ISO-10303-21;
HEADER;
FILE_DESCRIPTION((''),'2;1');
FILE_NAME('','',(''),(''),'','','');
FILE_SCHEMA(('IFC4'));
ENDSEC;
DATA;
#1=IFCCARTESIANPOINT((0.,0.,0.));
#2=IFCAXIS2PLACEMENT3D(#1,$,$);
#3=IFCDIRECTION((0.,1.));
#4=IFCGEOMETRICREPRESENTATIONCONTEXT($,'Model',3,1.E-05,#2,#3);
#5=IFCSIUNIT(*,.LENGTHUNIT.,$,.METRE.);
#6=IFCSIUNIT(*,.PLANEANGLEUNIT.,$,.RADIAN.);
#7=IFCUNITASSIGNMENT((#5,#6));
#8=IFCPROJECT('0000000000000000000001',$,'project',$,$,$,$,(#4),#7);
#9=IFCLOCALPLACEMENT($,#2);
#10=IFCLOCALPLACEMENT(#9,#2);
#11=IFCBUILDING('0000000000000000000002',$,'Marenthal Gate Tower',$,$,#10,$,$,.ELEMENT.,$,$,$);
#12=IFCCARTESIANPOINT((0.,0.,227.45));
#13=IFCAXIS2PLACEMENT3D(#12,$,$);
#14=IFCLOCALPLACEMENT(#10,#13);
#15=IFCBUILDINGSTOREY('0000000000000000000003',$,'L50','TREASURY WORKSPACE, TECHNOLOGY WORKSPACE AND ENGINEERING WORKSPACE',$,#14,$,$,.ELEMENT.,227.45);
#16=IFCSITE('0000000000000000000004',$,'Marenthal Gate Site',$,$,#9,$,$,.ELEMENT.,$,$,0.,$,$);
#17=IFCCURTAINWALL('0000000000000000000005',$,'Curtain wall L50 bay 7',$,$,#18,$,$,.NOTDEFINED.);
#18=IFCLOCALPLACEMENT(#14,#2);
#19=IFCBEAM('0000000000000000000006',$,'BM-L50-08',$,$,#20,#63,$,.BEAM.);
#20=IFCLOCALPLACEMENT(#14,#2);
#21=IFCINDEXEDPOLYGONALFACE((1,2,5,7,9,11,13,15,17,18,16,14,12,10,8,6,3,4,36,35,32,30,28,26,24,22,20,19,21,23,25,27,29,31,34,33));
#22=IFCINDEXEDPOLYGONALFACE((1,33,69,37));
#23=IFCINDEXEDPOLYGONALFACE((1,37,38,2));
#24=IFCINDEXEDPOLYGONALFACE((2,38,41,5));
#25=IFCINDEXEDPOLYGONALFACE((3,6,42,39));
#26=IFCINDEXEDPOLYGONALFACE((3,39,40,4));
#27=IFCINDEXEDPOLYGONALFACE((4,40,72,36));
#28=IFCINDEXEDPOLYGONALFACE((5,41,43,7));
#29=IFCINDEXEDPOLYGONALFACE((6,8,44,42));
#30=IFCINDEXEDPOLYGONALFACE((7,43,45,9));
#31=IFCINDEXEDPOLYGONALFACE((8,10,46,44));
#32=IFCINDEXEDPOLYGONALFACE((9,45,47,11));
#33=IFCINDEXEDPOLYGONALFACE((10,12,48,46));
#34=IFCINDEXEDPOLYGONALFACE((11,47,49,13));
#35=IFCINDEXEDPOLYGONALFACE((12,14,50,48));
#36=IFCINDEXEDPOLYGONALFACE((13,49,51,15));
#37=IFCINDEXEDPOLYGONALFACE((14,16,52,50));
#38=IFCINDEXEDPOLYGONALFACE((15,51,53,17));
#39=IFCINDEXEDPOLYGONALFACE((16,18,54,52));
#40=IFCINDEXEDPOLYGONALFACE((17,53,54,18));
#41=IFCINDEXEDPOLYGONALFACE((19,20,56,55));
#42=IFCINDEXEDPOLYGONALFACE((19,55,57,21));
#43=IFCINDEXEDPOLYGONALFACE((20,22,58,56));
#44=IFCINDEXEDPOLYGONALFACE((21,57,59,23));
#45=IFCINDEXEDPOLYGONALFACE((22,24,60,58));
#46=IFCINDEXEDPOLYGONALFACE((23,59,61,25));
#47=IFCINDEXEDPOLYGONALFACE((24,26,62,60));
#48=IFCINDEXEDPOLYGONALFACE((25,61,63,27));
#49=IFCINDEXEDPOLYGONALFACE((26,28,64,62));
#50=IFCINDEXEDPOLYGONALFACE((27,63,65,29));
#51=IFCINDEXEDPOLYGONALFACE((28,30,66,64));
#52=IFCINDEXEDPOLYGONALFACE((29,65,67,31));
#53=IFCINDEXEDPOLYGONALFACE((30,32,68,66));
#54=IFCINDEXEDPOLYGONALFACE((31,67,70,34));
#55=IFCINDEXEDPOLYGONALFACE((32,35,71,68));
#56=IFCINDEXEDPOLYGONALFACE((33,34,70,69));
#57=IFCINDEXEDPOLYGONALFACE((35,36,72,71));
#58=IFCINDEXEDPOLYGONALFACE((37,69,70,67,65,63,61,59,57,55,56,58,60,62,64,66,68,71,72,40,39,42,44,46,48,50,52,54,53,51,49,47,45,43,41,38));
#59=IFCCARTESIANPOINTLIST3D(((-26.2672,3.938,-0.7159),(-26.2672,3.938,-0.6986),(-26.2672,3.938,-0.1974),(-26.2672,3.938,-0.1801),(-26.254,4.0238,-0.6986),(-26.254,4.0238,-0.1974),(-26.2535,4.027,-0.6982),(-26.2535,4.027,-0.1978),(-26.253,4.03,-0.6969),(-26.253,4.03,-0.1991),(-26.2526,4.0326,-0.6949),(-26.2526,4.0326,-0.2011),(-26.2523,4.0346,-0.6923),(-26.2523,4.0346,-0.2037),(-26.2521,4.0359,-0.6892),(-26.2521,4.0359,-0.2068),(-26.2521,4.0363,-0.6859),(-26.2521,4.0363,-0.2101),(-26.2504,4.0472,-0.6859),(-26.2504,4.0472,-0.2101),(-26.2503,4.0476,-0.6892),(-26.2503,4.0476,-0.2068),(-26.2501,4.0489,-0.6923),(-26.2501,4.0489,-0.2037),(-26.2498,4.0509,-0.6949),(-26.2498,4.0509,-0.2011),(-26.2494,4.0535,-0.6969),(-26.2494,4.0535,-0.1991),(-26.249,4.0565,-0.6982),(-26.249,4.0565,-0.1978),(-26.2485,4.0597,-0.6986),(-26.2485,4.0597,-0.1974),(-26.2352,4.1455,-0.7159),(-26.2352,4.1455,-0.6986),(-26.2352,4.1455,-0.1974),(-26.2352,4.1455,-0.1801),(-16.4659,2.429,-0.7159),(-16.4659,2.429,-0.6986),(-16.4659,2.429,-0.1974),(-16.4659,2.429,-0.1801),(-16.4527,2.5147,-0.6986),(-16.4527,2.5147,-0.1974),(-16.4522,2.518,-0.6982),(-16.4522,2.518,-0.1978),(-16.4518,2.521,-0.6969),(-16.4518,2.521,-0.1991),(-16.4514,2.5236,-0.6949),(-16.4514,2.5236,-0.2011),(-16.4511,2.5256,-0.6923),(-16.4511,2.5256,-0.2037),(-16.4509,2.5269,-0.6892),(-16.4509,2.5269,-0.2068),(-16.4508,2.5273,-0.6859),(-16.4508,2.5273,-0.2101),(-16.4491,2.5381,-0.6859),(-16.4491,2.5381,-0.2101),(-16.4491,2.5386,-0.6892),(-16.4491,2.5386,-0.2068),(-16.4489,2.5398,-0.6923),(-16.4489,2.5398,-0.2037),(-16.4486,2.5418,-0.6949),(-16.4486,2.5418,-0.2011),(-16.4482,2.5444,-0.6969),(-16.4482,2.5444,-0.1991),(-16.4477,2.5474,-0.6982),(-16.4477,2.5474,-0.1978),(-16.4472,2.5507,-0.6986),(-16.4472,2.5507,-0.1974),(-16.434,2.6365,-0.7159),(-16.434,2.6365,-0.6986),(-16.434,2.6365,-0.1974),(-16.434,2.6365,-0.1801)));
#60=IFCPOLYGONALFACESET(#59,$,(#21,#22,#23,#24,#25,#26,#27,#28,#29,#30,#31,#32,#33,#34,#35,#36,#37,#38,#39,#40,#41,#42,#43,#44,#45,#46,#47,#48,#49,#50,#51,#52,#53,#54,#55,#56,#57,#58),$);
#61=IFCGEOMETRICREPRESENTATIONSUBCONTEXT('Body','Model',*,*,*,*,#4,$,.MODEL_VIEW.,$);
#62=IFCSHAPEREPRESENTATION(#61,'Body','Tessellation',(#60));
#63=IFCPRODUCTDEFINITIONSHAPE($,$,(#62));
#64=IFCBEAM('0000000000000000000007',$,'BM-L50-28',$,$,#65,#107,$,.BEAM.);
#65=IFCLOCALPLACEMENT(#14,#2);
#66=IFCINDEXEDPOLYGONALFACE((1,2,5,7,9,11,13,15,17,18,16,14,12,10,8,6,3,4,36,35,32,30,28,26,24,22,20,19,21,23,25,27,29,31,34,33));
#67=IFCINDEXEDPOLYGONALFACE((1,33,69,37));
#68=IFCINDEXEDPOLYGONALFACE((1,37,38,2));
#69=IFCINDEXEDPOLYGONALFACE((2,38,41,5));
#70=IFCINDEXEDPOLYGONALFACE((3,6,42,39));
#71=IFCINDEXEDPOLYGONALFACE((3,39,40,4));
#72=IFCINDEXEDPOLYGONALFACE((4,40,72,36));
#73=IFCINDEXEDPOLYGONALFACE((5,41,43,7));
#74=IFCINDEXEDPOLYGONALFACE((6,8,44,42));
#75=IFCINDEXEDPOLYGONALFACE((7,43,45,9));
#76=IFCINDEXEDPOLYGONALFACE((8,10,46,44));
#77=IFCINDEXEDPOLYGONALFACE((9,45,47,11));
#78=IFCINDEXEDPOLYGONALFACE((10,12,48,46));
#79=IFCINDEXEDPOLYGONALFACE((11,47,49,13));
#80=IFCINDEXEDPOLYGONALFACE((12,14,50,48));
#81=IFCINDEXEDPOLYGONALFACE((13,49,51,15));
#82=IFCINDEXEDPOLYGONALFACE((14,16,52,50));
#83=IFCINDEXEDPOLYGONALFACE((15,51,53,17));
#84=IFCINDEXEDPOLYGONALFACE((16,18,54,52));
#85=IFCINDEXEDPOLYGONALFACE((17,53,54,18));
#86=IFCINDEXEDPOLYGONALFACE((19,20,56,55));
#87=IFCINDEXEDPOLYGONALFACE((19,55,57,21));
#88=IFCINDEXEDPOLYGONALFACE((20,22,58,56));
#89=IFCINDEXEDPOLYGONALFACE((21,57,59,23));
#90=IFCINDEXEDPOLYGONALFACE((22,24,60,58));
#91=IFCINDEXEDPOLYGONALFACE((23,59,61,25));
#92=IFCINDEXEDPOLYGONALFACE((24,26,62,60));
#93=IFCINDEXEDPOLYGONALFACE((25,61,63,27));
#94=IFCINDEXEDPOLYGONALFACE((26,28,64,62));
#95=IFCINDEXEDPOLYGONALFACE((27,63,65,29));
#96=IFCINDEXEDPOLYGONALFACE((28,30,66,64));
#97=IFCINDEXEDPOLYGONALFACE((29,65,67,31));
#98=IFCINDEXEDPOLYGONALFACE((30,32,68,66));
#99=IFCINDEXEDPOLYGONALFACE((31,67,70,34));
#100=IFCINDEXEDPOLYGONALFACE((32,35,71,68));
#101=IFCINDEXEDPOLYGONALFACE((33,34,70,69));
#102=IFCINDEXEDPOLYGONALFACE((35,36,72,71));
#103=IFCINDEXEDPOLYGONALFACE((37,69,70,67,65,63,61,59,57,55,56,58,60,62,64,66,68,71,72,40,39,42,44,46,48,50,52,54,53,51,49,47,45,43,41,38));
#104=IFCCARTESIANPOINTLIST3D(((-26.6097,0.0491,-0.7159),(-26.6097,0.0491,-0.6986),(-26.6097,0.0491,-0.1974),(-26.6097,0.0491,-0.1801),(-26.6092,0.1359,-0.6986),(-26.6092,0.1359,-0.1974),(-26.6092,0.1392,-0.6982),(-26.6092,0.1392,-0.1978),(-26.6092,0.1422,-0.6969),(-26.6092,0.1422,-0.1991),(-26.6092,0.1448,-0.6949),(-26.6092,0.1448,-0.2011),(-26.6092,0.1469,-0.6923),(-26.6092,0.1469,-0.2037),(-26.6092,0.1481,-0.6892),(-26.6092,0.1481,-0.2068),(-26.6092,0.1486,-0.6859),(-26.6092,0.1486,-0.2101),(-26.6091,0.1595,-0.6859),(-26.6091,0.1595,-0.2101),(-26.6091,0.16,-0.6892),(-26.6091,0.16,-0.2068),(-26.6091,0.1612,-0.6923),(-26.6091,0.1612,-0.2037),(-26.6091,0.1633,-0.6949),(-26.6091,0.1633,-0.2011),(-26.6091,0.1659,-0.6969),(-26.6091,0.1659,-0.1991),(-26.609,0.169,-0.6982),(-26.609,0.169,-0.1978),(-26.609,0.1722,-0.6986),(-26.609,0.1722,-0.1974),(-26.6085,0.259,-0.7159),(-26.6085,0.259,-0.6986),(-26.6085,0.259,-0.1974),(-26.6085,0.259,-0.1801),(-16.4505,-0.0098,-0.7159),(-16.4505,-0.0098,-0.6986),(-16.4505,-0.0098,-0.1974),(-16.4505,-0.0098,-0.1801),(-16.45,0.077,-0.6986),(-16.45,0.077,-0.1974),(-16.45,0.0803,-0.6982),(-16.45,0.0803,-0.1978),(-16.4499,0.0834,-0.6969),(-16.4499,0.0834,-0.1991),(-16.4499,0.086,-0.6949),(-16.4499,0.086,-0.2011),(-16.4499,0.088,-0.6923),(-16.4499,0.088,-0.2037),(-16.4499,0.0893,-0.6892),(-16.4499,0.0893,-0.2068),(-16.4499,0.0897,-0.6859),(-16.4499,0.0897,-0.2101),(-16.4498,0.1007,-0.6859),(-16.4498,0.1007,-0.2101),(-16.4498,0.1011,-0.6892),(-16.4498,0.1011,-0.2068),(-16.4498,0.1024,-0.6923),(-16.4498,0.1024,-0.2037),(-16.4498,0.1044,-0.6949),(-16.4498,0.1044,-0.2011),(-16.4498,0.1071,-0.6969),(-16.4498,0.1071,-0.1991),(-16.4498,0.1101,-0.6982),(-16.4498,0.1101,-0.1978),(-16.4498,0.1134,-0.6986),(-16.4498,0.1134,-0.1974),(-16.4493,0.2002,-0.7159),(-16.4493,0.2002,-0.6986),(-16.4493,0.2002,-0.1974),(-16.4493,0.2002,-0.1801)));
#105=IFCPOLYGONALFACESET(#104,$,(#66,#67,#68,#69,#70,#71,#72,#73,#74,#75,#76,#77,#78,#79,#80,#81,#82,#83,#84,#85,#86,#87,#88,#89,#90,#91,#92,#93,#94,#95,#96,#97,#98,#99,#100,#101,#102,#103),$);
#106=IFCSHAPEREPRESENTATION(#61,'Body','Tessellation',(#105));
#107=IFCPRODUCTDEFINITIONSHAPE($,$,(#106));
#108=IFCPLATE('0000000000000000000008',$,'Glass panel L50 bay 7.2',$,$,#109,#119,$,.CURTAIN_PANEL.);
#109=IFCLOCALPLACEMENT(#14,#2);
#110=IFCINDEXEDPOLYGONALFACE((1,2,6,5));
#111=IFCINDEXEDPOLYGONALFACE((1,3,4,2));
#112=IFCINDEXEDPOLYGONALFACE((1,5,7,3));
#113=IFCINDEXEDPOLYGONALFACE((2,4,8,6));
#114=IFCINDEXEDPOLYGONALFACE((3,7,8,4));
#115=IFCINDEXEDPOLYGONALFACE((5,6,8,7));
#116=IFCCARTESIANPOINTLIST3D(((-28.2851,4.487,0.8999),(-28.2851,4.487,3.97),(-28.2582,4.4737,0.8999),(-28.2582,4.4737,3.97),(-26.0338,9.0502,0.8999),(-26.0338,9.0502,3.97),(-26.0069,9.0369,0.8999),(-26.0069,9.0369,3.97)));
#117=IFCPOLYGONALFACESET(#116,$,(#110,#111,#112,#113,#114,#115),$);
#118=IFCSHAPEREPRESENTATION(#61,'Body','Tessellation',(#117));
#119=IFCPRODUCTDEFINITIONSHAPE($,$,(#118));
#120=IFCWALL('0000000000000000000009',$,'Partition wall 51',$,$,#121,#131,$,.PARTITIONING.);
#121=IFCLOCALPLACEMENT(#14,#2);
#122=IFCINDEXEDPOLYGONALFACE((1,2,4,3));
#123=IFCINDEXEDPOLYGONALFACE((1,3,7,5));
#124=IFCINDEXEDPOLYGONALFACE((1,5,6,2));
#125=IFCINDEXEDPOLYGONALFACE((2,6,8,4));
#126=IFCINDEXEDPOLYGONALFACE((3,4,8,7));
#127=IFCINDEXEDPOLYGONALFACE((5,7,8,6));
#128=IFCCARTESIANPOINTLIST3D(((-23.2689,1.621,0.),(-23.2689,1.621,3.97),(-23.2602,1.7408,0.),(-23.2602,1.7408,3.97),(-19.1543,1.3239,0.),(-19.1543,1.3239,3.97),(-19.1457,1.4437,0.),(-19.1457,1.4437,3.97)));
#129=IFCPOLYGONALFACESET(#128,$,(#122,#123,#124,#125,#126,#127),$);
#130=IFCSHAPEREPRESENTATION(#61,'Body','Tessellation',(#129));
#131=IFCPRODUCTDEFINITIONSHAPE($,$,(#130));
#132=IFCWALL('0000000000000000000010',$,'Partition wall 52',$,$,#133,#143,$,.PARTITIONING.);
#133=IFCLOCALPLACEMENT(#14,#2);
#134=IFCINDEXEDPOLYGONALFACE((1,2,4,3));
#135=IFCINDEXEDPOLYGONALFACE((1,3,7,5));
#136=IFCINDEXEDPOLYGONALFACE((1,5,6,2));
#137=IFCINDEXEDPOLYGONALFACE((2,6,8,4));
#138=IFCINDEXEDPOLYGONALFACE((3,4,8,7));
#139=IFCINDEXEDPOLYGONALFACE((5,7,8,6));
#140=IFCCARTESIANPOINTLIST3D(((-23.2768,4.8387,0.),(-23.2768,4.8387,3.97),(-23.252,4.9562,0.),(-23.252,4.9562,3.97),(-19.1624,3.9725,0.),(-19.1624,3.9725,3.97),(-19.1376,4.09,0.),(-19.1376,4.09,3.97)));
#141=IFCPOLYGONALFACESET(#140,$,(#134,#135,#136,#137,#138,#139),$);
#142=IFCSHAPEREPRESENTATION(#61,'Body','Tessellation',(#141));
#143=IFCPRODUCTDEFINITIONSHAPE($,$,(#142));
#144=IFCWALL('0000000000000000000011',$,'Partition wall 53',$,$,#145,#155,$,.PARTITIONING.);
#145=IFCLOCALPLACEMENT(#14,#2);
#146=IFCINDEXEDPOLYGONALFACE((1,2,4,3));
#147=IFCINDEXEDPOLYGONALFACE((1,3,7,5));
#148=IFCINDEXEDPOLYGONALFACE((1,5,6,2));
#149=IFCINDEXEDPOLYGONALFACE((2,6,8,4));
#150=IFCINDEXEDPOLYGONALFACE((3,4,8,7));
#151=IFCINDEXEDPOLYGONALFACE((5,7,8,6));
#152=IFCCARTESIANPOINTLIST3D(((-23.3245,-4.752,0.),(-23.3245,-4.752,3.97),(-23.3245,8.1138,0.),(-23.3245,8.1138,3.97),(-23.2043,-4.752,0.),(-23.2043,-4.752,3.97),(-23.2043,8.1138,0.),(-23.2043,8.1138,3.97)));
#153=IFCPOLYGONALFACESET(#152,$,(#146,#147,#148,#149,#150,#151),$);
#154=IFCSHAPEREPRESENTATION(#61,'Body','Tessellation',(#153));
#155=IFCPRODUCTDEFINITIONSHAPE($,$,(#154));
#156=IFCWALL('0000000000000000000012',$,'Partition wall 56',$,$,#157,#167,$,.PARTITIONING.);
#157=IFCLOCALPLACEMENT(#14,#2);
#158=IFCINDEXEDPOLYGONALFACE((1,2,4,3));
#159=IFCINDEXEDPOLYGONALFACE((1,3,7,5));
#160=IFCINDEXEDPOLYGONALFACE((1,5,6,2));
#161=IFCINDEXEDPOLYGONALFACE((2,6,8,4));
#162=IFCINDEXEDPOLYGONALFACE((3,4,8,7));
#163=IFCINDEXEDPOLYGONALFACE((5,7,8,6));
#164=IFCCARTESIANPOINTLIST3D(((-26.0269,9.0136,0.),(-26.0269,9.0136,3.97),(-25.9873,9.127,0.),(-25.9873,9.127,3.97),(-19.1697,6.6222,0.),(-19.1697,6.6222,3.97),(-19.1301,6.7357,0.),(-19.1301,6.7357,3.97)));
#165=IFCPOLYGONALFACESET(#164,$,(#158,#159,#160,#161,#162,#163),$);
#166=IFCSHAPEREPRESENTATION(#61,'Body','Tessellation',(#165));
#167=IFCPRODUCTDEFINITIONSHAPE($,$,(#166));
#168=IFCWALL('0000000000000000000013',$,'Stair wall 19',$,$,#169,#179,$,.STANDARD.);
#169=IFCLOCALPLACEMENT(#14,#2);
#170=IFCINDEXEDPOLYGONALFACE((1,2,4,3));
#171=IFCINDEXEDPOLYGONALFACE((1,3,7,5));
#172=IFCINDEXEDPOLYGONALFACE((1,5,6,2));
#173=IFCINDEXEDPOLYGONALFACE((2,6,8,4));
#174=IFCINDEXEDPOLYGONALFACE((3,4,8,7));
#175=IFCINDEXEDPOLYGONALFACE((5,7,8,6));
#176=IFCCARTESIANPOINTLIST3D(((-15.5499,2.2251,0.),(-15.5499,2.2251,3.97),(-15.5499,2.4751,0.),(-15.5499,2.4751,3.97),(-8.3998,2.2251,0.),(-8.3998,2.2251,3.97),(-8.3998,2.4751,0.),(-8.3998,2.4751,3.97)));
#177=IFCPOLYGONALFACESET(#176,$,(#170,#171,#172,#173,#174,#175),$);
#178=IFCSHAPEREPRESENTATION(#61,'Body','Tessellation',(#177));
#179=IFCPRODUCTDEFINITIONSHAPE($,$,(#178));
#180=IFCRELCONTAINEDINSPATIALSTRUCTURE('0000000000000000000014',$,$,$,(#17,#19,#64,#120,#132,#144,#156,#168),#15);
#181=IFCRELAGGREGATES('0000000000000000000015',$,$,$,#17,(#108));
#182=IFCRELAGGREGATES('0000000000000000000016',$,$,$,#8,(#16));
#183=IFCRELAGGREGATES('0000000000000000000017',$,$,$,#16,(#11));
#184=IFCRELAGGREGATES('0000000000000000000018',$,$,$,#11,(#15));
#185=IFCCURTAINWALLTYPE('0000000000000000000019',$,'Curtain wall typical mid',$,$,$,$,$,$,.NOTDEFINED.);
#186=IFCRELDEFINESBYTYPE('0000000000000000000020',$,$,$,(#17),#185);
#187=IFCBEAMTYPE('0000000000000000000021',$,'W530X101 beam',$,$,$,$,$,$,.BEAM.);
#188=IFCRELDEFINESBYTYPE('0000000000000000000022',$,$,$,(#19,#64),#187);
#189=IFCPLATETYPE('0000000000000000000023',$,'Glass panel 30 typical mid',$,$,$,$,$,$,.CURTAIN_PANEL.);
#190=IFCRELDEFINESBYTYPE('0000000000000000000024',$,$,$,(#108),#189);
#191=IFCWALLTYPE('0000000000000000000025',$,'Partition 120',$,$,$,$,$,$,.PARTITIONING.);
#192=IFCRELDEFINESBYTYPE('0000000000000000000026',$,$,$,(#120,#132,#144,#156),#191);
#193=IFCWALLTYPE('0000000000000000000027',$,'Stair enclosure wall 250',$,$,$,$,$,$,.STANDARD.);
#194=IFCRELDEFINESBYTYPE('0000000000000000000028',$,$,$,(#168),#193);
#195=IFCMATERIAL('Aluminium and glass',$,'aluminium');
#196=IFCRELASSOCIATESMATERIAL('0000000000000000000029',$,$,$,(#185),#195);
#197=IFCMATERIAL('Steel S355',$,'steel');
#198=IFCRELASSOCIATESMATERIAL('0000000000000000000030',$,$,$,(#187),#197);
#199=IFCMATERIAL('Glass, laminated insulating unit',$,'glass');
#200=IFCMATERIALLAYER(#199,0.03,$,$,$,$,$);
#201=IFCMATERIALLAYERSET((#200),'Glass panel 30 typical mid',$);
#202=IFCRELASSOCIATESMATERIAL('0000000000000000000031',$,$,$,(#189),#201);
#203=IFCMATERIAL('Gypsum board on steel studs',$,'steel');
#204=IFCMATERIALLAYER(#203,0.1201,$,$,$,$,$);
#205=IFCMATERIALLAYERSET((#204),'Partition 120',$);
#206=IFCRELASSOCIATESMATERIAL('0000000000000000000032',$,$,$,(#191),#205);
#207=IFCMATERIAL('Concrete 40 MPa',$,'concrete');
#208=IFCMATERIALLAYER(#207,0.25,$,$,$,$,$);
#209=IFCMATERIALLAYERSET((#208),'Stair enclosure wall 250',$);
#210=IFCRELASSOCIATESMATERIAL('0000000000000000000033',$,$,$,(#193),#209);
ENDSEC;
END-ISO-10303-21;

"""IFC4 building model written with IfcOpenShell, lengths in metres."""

from ifc_helpers import new_model, si_unit, direction, frame, frame_2d, origin, origin_2d, place, context, subcontext, project, spatial, rectangle, i_section, extrude, material, layer, layer_set, material_profile, profile_set, type_object, element, aggregate, save


model = new_model("IFC4")

# Units and contexts
model_context = context("Model", 3, precision=1e-05, world=origin(), true_north=direction((0.0, 1.0)))
body_context = subcontext(model_context, "Body", "Model", "MODEL_VIEW")
ifc_project = project(units=[si_unit("LENGTHUNIT", "METRE"), si_unit("PLANEANGLEUNIT", "RADIAN")], contexts=[model_context])

# Site, building, storey
site_placement = place(None, origin())
site = spatial("IfcSite", under=ifc_project, at=site_placement, Name="Marenthal Gate Site", CompositionType="ELEMENT", RefElevation=0.0)
building_placement = place(site_placement, origin())
building = spatial("IfcBuilding", under=site, at=building_placement, Name="Marenthal Gate Tower", CompositionType="ELEMENT")
storey_placement = place(building_placement, frame((0.0, 0.0, 227.45)))
storey = spatial("IfcBuildingStorey", under=building, at=storey_placement, Name="L50", Description="TREASURY WORKSPACE, TECHNOLOGY WORKSPACE AND ENGINEERING WORKSPACE", CompositionType="ELEMENT", Elevation=227.45)

# Curtain wall
ifc_material_1 = material(Name="Aluminium and glass", Category="aluminium")
curtain_wall_type = type_object("IfcCurtainWallType", Name="Curtain wall typical mid", PredefinedType="NOTDEFINED", material=ifc_material_1)
curtain_wall_placement = place(storey_placement, origin())
curtain_wall = element("IfcCurtainWall", 1, at=curtain_wall_placement, inside=storey, type_object=curtain_wall_type, Name="Curtain wall L50 bay 7", PredefinedType="NOTDEFINED")

# Beams
ifc_material_2 = material(Name="Steel S355", Category="steel")
ifc_material_profile_1 = material_profile(ifc_material_2, i_section(OverallWidth=0.21, OverallDepth=0.5359, WebThickness=0.011, FlangeThickness=0.0173, FilletRadius=0.0127, at=origin_2d()), Name="W530X101")
ifc_profile_set_1 = profile_set([ifc_material_profile_1], Name="Steel S355")
beam_type_1 = type_object("IfcBeamType", Name="W530X101 beam", PredefinedType="BEAM", material=ifc_profile_set_1)
beam_1_placement = place(storey_placement, frame((-26.2512, 4.0417, -0.448), z_axis=(0.988354, -0.15217, 0.0), x_axis=(0.15217, 0.988354, 0.0)))
element("IfcBeam", 2, at=beam_1_placement, inside=storey, type_object=beam_type_1, Name="BM-L50-08", PredefinedType="BEAM", context=body_context, shape_type="SweptSolid", body=[
    extrude(i_section(OverallWidth=0.21, OverallDepth=0.5359, WebThickness=0.011, FlangeThickness=0.0173, FilletRadius=0.0127, at=origin_2d()), origin(), (0.0, 0.0, 1.0), 9.9167),
])
beam_2_placement = place(storey_placement, frame((-26.6091, 0.1541, -0.448), z_axis=(0.999983, -0.005792, 0.0), x_axis=(0.005792, 0.999983, 0.0)))
element("IfcBeam", 3, at=beam_2_placement, inside=storey, type_object=beam_type_1, Name="BM-L50-28", PredefinedType="BEAM", context=body_context, shape_type="SweptSolid", body=[
    extrude(i_section(OverallWidth=0.21, OverallDepth=0.5359, WebThickness=0.011, FlangeThickness=0.0173, FilletRadius=0.0127, at=origin_2d()), origin(), (0.0, 0.0, 1.0), 10.1594),
])

# Plate
ifc_material_3 = material(Name="Glass, laminated insulating unit", Category="glass")
ifc_layer_1 = layer(ifc_material_3, 0.03)
ifc_layer_set_1 = layer_set([ifc_layer_1], Name="Glass panel 30 typical mid")
plate_type = type_object("IfcPlateType", Name="Glass panel 30 typical mid", PredefinedType="CURTAIN_PANEL", material=ifc_layer_set_1)
plate_placement = place(storey_placement, frame((-27.146, 6.762, 0.8999), z_axis=(0.0, 0.0, 1.0), x_axis=(-0.442441, -0.896798, 0.0)))
plate = element("IfcPlate", 4, at=plate_placement, type_object=plate_type, Name="Glass panel L50 bay 7.2", PredefinedType="CURTAIN_PANEL", context=body_context, shape_type="SweptSolid", body=[
    extrude(rectangle(XDim=5.0884, YDim=0.03, at=origin_2d()), origin(), (0.0, 0.0, 1.0), 3.0701),
])
aggregate(curtain_wall, [plate])

# Walls
ifc_material_4 = material(Name="Gypsum board on steel studs", Category="steel")
ifc_layer_2 = layer(ifc_material_4, 0.1201)
ifc_layer_set_2 = layer_set([ifc_layer_2], Name="Partition 120")
wall_type_1 = type_object("IfcWallType", Name="Partition 120", PredefinedType="PARTITIONING", material=ifc_layer_set_2)
wall_1_placement = place(storey_placement, frame((-23.2644, 1.6809, 0.0), z_axis=(0.0, 0.0, 1.0), x_axis=(0.997403, -0.072025, 0.0)))
element("IfcWall", 5, at=wall_1_placement, inside=storey, type_object=wall_type_1, Name="Partition wall 51", PredefinedType="PARTITIONING", context=body_context, shape_type="SweptSolid", body=[
    extrude(rectangle(XDim=4.1252, YDim=0.1201, at=frame_2d((2.0625, 0.0))), origin(), (0.0, 0.0, 1.0), 3.97),
])
wall_2_placement = place(storey_placement, frame((-23.2644, 4.8975, 0.0), z_axis=(0.0, 0.0, 1.0), x_axis=(0.97855, -0.20601, 0.0)))
element("IfcWall", 6, at=wall_2_placement, inside=storey, type_object=wall_type_1, Name="Partition wall 52", PredefinedType="PARTITIONING", context=body_context, shape_type="SweptSolid", body=[
    extrude(rectangle(XDim=4.2046, YDim=0.1201, at=frame_2d((2.1023, 0.0))), origin(), (0.0, 0.0, 1.0), 3.97),
])
wall_3_placement = place(storey_placement, frame((-23.2644, 8.1138, 0.0), z_axis=(0.0, 0.0, 1.0), x_axis=(0.0, -1.0, 0.0)))
element("IfcWall", 7, at=wall_3_placement, inside=storey, type_object=wall_type_1, Name="Partition wall 53", PredefinedType="PARTITIONING", context=body_context, shape_type="SweptSolid", body=[
    extrude(rectangle(XDim=12.8657, YDim=0.1201, at=frame_2d((6.4329, 0.0))), origin(), (0.0, 0.0, 1.0), 3.97),
])
wall_4_placement = place(storey_placement, frame((-19.1499, 6.679, 0.0), z_axis=(0.0, 0.0, 1.0), x_axis=(-0.944229, 0.329289, 0.0)))
element("IfcWall", 8, at=wall_4_placement, inside=storey, type_object=wall_type_1, Name="Partition wall 56", PredefinedType="PARTITIONING", context=body_context, shape_type="SweptSolid", body=[
    extrude(rectangle(XDim=7.2622, YDim=0.1201, at=frame_2d((3.6311, 0.0))), origin(), (0.0, 0.0, 1.0), 3.97),
])
ifc_material_5 = material(Name="Concrete 40 MPa", Category="concrete")
ifc_layer_3 = layer(ifc_material_5, 0.25)
ifc_layer_set_3 = layer_set([ifc_layer_3], Name="Stair enclosure wall 250")
wall_type_2 = type_object("IfcWallType", Name="Stair enclosure wall 250", PredefinedType="STANDARD", material=ifc_layer_set_3)
wall_5_placement = place(storey_placement, frame((-15.55, 2.3501, 0.0), z_axis=(0.0, 0.0, 1.0), x_axis=(1.0, 0.0, 0.0)))
element("IfcWall", 9, at=wall_5_placement, inside=storey, type_object=wall_type_2, Name="Stair wall 19", PredefinedType="STANDARD", context=body_context, shape_type="SweptSolid", body=[
    extrude(rectangle(XDim=7.1501, YDim=0.25, at=frame_2d((3.5752, 0.0))), origin(), (0.0, 0.0, 1.0), 3.97),
])

save(model, "model.ifc")
